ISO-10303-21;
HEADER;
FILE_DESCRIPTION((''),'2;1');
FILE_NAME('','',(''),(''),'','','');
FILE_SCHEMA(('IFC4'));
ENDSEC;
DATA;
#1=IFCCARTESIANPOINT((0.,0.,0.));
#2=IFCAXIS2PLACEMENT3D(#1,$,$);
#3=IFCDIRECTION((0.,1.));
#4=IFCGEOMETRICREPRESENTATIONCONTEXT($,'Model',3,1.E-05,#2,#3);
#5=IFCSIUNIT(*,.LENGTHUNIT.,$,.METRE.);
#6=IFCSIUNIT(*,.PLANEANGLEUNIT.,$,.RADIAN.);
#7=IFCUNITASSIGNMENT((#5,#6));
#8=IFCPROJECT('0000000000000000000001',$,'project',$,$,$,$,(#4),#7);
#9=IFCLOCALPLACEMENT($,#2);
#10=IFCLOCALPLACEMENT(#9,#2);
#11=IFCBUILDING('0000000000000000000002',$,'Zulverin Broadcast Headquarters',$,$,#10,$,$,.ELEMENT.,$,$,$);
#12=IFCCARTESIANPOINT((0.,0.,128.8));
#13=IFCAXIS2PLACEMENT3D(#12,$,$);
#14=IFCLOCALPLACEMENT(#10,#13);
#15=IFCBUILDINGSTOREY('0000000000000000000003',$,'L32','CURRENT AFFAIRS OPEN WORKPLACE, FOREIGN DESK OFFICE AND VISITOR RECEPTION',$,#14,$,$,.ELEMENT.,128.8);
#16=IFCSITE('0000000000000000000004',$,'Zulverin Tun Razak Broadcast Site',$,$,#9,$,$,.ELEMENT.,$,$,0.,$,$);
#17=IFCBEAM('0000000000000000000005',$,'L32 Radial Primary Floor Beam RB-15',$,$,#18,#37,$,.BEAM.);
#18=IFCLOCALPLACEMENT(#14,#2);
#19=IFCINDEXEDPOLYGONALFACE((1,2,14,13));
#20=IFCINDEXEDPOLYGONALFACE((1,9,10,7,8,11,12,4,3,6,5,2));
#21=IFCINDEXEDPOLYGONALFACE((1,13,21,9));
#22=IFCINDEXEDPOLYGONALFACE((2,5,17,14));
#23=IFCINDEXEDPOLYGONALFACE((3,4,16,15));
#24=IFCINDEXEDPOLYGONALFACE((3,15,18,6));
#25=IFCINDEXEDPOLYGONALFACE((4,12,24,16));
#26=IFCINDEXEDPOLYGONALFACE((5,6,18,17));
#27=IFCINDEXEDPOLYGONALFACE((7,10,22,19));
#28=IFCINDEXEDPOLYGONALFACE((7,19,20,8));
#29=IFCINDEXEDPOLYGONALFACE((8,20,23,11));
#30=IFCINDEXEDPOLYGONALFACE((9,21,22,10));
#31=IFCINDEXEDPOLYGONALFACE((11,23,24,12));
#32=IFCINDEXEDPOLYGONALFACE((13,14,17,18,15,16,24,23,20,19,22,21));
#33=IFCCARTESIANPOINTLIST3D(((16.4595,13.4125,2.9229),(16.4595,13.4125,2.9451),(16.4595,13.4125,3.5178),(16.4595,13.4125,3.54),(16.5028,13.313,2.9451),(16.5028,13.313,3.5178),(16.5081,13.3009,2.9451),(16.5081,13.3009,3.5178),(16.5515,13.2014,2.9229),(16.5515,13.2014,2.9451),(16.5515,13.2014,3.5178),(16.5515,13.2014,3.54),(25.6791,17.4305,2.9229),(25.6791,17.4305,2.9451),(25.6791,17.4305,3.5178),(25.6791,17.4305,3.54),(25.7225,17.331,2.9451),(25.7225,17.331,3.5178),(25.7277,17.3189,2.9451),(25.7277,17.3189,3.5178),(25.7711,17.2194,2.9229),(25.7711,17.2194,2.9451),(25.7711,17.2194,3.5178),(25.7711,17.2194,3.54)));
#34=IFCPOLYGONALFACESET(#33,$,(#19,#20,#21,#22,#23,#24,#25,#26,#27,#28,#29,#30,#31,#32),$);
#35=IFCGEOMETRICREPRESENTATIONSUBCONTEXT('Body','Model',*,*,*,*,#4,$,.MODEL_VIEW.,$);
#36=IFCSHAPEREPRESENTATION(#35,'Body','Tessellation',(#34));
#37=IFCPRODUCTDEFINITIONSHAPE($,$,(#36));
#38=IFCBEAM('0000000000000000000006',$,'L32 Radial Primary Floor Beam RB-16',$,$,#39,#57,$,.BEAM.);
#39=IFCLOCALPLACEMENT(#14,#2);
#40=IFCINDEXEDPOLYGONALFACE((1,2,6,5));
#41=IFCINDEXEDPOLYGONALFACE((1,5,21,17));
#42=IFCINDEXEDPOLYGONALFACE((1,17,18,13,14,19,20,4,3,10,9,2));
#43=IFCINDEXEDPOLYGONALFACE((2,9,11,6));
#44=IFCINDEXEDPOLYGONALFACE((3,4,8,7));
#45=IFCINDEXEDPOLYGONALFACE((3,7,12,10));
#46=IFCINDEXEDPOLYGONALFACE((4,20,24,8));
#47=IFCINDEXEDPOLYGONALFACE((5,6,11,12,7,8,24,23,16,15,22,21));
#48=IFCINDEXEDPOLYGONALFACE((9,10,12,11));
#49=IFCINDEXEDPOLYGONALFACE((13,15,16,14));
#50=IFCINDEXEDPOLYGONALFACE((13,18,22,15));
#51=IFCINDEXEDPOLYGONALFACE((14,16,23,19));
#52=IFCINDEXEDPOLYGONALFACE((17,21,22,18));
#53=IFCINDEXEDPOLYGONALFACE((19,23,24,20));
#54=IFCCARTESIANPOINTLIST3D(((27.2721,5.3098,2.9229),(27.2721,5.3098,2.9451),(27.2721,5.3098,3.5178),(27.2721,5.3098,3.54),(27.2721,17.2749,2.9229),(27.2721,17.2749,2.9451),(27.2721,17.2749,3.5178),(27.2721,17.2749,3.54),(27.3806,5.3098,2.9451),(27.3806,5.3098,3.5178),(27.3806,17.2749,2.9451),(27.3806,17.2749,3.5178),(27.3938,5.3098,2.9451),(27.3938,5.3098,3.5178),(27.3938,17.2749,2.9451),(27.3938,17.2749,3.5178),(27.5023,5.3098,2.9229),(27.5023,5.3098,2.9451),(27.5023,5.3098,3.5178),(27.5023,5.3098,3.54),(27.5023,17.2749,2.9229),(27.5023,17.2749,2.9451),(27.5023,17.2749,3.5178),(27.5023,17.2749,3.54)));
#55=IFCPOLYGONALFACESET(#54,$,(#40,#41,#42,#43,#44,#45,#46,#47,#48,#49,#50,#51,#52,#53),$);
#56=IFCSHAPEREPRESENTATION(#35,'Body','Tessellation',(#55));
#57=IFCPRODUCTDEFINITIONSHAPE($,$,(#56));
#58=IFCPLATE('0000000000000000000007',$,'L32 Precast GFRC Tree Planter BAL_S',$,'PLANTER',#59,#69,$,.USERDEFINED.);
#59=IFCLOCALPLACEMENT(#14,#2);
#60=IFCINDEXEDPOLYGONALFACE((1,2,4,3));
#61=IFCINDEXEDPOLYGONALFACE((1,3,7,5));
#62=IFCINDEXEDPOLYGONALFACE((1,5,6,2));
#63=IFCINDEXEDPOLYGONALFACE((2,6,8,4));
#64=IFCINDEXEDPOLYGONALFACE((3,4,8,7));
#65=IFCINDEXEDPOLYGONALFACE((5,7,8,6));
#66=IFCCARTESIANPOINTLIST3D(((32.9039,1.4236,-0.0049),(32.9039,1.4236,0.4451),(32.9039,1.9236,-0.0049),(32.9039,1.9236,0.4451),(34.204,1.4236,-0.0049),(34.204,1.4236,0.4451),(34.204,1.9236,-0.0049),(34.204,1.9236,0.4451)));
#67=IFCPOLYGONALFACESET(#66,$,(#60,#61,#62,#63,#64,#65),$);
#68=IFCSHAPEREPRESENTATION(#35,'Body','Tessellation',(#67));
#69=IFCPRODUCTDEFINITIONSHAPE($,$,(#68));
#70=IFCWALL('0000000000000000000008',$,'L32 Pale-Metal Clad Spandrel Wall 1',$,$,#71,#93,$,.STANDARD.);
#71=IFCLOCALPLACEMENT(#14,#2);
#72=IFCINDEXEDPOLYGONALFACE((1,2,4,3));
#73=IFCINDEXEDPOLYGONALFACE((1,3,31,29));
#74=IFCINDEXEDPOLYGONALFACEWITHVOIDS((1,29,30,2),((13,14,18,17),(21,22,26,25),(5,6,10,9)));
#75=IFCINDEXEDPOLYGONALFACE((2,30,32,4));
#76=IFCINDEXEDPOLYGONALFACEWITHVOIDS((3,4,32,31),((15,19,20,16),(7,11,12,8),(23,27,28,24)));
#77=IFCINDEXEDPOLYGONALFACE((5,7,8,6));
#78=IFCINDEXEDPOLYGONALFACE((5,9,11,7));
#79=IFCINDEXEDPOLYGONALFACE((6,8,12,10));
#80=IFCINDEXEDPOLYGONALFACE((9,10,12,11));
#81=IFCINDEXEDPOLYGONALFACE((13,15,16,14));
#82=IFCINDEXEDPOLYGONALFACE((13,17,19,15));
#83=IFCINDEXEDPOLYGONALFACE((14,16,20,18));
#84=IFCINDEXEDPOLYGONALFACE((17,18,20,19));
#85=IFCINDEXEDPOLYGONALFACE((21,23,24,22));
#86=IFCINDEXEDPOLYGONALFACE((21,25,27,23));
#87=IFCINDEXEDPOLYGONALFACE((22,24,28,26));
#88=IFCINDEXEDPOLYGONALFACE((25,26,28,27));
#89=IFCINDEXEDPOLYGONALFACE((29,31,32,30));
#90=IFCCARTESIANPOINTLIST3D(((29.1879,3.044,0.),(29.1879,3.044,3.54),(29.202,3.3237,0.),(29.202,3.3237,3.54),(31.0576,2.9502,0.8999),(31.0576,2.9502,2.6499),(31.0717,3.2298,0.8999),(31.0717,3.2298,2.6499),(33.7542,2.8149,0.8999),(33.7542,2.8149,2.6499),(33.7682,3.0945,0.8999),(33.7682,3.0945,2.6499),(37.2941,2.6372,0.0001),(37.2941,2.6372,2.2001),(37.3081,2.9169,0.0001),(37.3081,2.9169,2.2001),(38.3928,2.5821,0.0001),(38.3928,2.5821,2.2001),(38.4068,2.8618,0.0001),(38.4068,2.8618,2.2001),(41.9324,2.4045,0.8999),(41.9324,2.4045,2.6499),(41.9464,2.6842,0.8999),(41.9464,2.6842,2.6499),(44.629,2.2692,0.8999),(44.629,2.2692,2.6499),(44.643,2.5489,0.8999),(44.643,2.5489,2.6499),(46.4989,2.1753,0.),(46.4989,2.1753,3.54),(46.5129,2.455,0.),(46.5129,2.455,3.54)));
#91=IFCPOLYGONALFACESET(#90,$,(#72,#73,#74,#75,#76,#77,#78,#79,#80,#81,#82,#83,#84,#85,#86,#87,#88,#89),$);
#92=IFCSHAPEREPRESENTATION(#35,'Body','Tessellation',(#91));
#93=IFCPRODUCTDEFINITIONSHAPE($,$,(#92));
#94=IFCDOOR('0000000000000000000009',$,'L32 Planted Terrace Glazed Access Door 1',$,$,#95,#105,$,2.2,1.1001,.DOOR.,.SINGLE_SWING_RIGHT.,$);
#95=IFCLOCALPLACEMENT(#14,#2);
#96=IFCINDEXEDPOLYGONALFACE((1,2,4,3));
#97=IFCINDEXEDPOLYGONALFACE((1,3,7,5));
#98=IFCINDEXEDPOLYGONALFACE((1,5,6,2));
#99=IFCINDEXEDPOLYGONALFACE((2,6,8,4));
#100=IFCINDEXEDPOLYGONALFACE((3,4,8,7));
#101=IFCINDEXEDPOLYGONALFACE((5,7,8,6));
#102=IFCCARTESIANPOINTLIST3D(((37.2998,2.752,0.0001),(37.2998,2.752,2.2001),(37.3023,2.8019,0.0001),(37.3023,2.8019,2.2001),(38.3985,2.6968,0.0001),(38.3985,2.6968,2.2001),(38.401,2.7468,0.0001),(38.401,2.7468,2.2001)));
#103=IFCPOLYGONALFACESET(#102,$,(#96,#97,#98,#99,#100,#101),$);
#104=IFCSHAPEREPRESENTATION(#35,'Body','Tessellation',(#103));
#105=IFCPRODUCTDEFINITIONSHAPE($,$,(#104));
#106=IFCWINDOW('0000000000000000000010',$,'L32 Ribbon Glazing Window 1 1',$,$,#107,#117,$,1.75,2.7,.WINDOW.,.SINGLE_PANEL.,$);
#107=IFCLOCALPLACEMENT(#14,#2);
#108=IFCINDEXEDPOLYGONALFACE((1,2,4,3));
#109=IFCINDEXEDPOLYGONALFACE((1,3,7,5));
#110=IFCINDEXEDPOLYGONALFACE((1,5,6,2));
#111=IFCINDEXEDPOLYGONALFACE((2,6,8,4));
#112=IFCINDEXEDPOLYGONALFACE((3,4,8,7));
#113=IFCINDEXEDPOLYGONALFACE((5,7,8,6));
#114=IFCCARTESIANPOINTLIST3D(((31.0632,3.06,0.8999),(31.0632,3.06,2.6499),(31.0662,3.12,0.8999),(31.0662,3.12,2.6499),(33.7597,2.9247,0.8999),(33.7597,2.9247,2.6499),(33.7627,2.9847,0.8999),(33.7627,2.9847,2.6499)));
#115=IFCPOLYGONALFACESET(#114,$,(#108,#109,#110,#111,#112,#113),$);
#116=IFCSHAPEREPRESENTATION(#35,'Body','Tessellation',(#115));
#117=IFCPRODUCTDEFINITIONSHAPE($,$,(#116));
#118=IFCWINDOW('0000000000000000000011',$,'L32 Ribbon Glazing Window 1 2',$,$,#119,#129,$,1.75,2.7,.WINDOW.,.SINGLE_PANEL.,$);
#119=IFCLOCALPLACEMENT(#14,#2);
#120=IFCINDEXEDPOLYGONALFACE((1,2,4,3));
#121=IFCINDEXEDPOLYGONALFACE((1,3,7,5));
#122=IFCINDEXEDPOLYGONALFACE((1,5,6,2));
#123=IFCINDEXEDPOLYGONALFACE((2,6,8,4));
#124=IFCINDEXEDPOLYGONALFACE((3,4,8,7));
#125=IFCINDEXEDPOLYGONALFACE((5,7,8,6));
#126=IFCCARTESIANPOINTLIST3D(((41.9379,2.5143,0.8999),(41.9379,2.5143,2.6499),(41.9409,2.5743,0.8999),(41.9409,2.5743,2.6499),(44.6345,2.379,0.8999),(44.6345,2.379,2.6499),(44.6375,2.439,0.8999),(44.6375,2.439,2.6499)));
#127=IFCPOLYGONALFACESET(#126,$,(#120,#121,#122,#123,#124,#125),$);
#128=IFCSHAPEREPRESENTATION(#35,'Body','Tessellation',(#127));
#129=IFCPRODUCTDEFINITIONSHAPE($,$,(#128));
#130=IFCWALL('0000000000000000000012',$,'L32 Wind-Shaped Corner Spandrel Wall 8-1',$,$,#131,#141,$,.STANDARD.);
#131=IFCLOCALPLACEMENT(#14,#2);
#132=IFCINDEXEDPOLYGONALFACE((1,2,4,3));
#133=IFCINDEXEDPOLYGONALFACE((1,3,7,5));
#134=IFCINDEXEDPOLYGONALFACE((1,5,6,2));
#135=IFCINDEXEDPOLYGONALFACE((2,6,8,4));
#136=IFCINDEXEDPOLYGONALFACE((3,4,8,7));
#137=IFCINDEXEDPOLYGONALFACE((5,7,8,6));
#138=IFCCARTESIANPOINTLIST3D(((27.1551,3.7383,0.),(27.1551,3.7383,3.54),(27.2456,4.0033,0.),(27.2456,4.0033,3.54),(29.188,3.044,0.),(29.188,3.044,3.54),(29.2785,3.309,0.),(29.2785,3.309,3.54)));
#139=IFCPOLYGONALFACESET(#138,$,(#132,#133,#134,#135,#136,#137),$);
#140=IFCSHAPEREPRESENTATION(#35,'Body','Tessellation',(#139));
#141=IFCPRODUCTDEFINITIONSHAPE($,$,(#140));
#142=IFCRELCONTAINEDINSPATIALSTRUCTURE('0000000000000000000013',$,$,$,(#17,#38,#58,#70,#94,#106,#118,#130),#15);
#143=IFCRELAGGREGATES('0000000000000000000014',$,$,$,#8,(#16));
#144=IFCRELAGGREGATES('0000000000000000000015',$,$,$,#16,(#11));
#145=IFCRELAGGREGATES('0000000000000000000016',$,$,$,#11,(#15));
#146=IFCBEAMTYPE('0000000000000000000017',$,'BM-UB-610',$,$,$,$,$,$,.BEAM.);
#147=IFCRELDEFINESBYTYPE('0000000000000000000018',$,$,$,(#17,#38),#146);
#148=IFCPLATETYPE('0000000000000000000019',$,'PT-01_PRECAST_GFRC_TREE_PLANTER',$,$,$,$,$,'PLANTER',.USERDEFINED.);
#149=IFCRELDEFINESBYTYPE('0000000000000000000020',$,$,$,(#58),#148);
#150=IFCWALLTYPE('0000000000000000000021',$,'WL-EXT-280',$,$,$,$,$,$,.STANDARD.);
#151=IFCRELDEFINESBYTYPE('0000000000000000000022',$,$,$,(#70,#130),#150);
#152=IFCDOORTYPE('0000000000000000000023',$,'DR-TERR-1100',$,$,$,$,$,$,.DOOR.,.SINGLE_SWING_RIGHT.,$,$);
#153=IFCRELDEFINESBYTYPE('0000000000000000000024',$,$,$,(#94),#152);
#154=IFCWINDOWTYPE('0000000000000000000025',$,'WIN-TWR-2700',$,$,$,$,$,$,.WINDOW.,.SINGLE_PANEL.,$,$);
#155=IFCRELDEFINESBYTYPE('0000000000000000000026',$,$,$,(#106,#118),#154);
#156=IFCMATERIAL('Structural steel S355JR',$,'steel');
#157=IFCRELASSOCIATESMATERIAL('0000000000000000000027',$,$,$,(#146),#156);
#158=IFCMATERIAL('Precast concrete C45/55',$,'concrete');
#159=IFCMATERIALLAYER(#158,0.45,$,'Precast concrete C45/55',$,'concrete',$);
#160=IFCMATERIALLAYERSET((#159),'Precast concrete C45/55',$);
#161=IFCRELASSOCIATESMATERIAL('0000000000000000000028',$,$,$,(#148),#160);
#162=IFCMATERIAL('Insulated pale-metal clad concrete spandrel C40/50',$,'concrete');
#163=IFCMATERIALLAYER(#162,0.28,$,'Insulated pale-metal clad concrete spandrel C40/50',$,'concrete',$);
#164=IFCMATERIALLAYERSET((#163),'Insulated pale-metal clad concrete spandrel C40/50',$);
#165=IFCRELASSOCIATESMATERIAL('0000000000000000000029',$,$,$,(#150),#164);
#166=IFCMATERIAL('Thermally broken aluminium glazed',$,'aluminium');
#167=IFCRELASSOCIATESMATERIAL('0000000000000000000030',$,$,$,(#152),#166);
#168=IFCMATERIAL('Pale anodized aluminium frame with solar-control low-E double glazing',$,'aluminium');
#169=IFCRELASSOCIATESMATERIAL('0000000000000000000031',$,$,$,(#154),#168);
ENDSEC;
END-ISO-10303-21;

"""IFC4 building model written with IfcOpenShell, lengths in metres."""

from ifc_helpers import new_model, si_unit, direction, frame, frame_2d, origin, origin_2d, place, context, subcontext, project, spatial, rectangle, i_section, extrude, material, layer, layer_set, material_profile, profile_set, type_object, element, fill, save


model = new_model("IFC4")

# Units and contexts
model_context = context("Model", 3, precision=1e-05, world=origin(), true_north=direction((0.0, 1.0)))
body_context = subcontext(model_context, "Body", "Model", "MODEL_VIEW")
ifc_project = project(units=[si_unit("LENGTHUNIT", "METRE"), si_unit("PLANEANGLEUNIT", "RADIAN")], contexts=[model_context])

# Site, building, storey
site_placement = place(None, origin())
site = spatial("IfcSite", under=ifc_project, at=site_placement, Name="Zulverin Tun Razak Broadcast Site", CompositionType="ELEMENT", RefElevation=0.0)
building_placement = place(site_placement, origin())
building = spatial("IfcBuilding", under=site, at=building_placement, Name="Zulverin Broadcast Headquarters", CompositionType="ELEMENT")
storey_placement = place(building_placement, frame((0.0, 0.0, 128.8)))
storey = spatial("IfcBuildingStorey", under=building, at=storey_placement, Name="L32", Description="CURRENT AFFAIRS OPEN WORKPLACE, FOREIGN DESK OFFICE AND VISITOR RECEPTION", CompositionType="ELEMENT", Elevation=128.8)

# Beams
ifc_material_1 = material(Name="Structural steel S355JR", Category="steel")
ifc_material_profile_1 = material_profile(ifc_material_1, i_section(OverallWidth=0.2302, OverallDepth=0.6172, WebThickness=0.0132, FlangeThickness=0.0222, at=origin_2d()), Name="Structural steel S355JR", Category="steel")
ifc_profile_set_1 = profile_set([ifc_material_profile_1], Name="Structural steel S355JR")
beam_type_1 = type_object("IfcBeamType", Name="BM-UB-610", PredefinedType="BEAM", material=ifc_profile_set_1)
beam_1_placement = place(storey_placement, frame((25.7251, 17.325, 3.2314), z_axis=(-0.916725, -0.39952, 0.0), x_axis=(0.39952, -0.916725, 0.0)))
element("IfcBeam", 1, at=beam_1_placement, inside=storey, type_object=beam_type_1, Name="L32 Radial Primary Floor Beam RB-15", PredefinedType="BEAM", context=body_context, shape_type="SweptSolid", body=[
    extrude(i_section(OverallWidth=0.2302, OverallDepth=0.6172, WebThickness=0.0132, FlangeThickness=0.0222, at=origin_2d()), origin(), (0.0, 0.0, 1.0), 10.0571),
])
beam_2_placement = place(storey_placement, frame((27.3872, 17.2749, 3.2314), z_axis=(0.0, -1.0, 0.0), x_axis=(1.0, 0.0, 0.0)))
element("IfcBeam", 2, at=beam_2_placement, inside=storey, type_object=beam_type_1, Name="L32 Radial Primary Floor Beam RB-16", PredefinedType="BEAM", context=body_context, shape_type="SweptSolid", body=[
    extrude(i_section(OverallWidth=0.2302, OverallDepth=0.6172, WebThickness=0.0132, FlangeThickness=0.0222, at=origin_2d()), origin(), (0.0, 0.0, 1.0), 11.9651),
])

# Plate
ifc_material_2 = material(Name="Precast concrete C45/55", Category="concrete")
ifc_layer_1 = layer(ifc_material_2, 0.45, Name="Precast concrete C45/55", Category="concrete")
ifc_layer_set_1 = layer_set([ifc_layer_1], Name="Precast concrete C45/55")
plate_type = type_object("IfcPlateType", Name="PT-01_PRECAST_GFRC_TREE_PLANTER", ElementType="PLANTER", PredefinedType="USERDEFINED", material=ifc_layer_set_1)
plate_placement = place(storey_placement, frame((33.554, 1.6736, -0.0049), z_axis=(0.0, 0.0, 1.0), x_axis=(1.0, 0.0, 0.0)))
element("IfcPlate", 3, at=plate_placement, inside=storey, type_object=plate_type, Name="L32 Precast GFRC Tree Planter BAL_S", ObjectType="PLANTER", PredefinedType="USERDEFINED", context=body_context, shape_type="SweptSolid", body=[
    extrude(rectangle(XDim=1.3, YDim=0.5, at=origin_2d()), origin(), (0.0, 0.0, 1.0), 0.45),
])

# Wall, openings, door, windows
ifc_material_3 = material(Name="Insulated pale-metal clad concrete spandrel C40/50", Category="concrete")
ifc_layer_2 = layer(ifc_material_3, 0.28, Name="Insulated pale-metal clad concrete spandrel C40/50", Category="concrete")
ifc_layer_set_2 = layer_set([ifc_layer_2], Name="Insulated pale-metal clad concrete spandrel C40/50")
wall_type_1 = type_object("IfcWallType", Name="WL-EXT-280", PredefinedType="STANDARD", material=ifc_layer_set_2)
wall_1_placement = place(storey_placement, frame((29.1948, 3.1838, 0.0), z_axis=(0.0, 0.0, 1.0), x_axis=(0.998743, -0.050116, 0.0)))
wall_1 = element("IfcWall", 4, at=wall_1_placement, inside=storey, type_object=wall_type_1, Name="L32 Pale-Metal Clad Spandrel Wall 1", PredefinedType="STANDARD", context=body_context, shape_type="SweptSolid", body=[
    extrude(rectangle(XDim=17.3328, YDim=0.28, at=frame_2d((8.6665, 0.0))), origin(), (0.0, 0.0, 1.0), 3.54),
])
opening_1_placement = place(wall_1_placement, frame((8.1165, 0.0, 0.0)))
opening_1 = element("IfcOpeningElement", 5, at=opening_1_placement, cuts=wall_1, PredefinedType="OPENING", context=body_context, shape_type="SweptSolid", body=[
    extrude(rectangle(XDim=1.1001, YDim=2.2, at=frame_2d((0.55, 1.1001))), frame((0.0, 0.1499, 0.0), z_axis=(0.0, -1.0, 0.0), x_axis=(1.0, 0.0, 0.0)), (0.0, 0.0, 1.0), 0.3),
])
opening_2_placement = place(wall_1_placement, frame((1.8721, 0.0, 0.8999)))
opening_2 = element("IfcOpeningElement", 6, at=opening_2_placement, cuts=wall_1, PredefinedType="OPENING", context=body_context, shape_type="SweptSolid", body=[
    extrude(rectangle(XDim=2.7, YDim=1.75, at=frame_2d((1.3501, 0.875))), frame((0.0, 0.1499, 0.0), z_axis=(0.0, -1.0, 0.0), x_axis=(1.0, 0.0, 0.0)), (0.0, 0.0, 1.0), 0.3),
])
opening_3_placement = place(wall_1_placement, frame((12.7605, 0.0, 0.8999)))
opening_3 = element("IfcOpeningElement", 7, at=opening_3_placement, cuts=wall_1, PredefinedType="OPENING", context=body_context, shape_type="SweptSolid", body=[
    extrude(rectangle(XDim=2.7, YDim=1.75, at=frame_2d((1.3501, 0.875))), frame((0.0, 0.1499, 0.0), z_axis=(0.0, -1.0, 0.0), x_axis=(1.0, 0.0, 0.0)), (0.0, 0.0, 1.0), 0.3),
])
ifc_material_4 = material(Name="Thermally broken aluminium glazed", Category="aluminium")
door_type_1 = type_object("IfcDoorType", Name="DR-TERR-1100", OperationType="SINGLE_SWING_RIGHT", PredefinedType="DOOR", material=ifc_material_4)
door_1_placement = place(opening_1_placement, origin())
door_1 = element("IfcDoor", 8, at=door_1_placement, inside=storey, type_object=door_type_1, Name="L32 Planted Terrace Glazed Access Door 1", OperationType="SINGLE_SWING_RIGHT", OverallHeight=2.2, OverallWidth=1.1001, PredefinedType="DOOR", context=body_context, shape_type="SweptSolid", body=[
    extrude(rectangle(XDim=1.1001, YDim=2.2, at=frame_2d((0.55, 1.1001))), frame((0.0, 0.0249, 0.0), z_axis=(0.0, -1.0, 0.0), x_axis=(1.0, 0.0, 0.0)), (0.0, 0.0, 1.0), 0.05),
])
fill(opening_1, door_1)
ifc_material_5 = material(Name="Pale anodized aluminium frame with solar-control low-E double glazing", Category="aluminium")
window_type = type_object("IfcWindowType", Name="WIN-TWR-2700", PartitioningType="SINGLE_PANEL", PredefinedType="WINDOW", material=ifc_material_5)
window_1_placement = place(opening_2_placement, origin())
window_1 = element("IfcWindow", 9, at=window_1_placement, inside=storey, type_object=window_type, Name="L32 Ribbon Glazing Window 1 1", OverallHeight=1.75, OverallWidth=2.7, PartitioningType="SINGLE_PANEL", PredefinedType="WINDOW", context=body_context, shape_type="SweptSolid", body=[
    extrude(rectangle(XDim=2.7, YDim=1.75, at=frame_2d((1.3501, 0.875))), frame((0.0, 0.03, 0.0), z_axis=(0.0, -1.0, 0.0), x_axis=(1.0, 0.0, 0.0)), (0.0, 0.0, 1.0), 0.0601),
])
fill(opening_2, window_1)
window_2_placement = place(opening_3_placement, origin())
window_2 = element("IfcWindow", 10, at=window_2_placement, inside=storey, type_object=window_type, Name="L32 Ribbon Glazing Window 1 2", OverallHeight=1.75, OverallWidth=2.7, PartitioningType="SINGLE_PANEL", PredefinedType="WINDOW", context=body_context, shape_type="SweptSolid", body=[
    extrude(rectangle(XDim=2.7, YDim=1.75, at=frame_2d((1.3501, 0.875))), frame((0.0, 0.03, 0.0), z_axis=(0.0, -1.0, 0.0), x_axis=(1.0, 0.0, 0.0)), (0.0, 0.0, 1.0), 0.0601),
])
fill(opening_3, window_2)

# Wall
wall_2_placement = place(storey_placement, frame((27.2002, 3.8708, 0.0), z_axis=(0.0, 0.0, 1.0), x_axis=(0.946328, -0.323208, 0.0)))
element("IfcWall", 11, at=wall_2_placement, inside=storey, type_object=wall_type_1, Name="L32 Wind-Shaped Corner Spandrel Wall 8-1", PredefinedType="STANDARD", context=body_context, shape_type="SweptSolid", body=[
    extrude(rectangle(XDim=2.1482, YDim=0.28, at=frame_2d((1.0742, 0.0))), origin(), (0.0, 0.0, 1.0), 3.54),
])

save(model, "model.ifc")
